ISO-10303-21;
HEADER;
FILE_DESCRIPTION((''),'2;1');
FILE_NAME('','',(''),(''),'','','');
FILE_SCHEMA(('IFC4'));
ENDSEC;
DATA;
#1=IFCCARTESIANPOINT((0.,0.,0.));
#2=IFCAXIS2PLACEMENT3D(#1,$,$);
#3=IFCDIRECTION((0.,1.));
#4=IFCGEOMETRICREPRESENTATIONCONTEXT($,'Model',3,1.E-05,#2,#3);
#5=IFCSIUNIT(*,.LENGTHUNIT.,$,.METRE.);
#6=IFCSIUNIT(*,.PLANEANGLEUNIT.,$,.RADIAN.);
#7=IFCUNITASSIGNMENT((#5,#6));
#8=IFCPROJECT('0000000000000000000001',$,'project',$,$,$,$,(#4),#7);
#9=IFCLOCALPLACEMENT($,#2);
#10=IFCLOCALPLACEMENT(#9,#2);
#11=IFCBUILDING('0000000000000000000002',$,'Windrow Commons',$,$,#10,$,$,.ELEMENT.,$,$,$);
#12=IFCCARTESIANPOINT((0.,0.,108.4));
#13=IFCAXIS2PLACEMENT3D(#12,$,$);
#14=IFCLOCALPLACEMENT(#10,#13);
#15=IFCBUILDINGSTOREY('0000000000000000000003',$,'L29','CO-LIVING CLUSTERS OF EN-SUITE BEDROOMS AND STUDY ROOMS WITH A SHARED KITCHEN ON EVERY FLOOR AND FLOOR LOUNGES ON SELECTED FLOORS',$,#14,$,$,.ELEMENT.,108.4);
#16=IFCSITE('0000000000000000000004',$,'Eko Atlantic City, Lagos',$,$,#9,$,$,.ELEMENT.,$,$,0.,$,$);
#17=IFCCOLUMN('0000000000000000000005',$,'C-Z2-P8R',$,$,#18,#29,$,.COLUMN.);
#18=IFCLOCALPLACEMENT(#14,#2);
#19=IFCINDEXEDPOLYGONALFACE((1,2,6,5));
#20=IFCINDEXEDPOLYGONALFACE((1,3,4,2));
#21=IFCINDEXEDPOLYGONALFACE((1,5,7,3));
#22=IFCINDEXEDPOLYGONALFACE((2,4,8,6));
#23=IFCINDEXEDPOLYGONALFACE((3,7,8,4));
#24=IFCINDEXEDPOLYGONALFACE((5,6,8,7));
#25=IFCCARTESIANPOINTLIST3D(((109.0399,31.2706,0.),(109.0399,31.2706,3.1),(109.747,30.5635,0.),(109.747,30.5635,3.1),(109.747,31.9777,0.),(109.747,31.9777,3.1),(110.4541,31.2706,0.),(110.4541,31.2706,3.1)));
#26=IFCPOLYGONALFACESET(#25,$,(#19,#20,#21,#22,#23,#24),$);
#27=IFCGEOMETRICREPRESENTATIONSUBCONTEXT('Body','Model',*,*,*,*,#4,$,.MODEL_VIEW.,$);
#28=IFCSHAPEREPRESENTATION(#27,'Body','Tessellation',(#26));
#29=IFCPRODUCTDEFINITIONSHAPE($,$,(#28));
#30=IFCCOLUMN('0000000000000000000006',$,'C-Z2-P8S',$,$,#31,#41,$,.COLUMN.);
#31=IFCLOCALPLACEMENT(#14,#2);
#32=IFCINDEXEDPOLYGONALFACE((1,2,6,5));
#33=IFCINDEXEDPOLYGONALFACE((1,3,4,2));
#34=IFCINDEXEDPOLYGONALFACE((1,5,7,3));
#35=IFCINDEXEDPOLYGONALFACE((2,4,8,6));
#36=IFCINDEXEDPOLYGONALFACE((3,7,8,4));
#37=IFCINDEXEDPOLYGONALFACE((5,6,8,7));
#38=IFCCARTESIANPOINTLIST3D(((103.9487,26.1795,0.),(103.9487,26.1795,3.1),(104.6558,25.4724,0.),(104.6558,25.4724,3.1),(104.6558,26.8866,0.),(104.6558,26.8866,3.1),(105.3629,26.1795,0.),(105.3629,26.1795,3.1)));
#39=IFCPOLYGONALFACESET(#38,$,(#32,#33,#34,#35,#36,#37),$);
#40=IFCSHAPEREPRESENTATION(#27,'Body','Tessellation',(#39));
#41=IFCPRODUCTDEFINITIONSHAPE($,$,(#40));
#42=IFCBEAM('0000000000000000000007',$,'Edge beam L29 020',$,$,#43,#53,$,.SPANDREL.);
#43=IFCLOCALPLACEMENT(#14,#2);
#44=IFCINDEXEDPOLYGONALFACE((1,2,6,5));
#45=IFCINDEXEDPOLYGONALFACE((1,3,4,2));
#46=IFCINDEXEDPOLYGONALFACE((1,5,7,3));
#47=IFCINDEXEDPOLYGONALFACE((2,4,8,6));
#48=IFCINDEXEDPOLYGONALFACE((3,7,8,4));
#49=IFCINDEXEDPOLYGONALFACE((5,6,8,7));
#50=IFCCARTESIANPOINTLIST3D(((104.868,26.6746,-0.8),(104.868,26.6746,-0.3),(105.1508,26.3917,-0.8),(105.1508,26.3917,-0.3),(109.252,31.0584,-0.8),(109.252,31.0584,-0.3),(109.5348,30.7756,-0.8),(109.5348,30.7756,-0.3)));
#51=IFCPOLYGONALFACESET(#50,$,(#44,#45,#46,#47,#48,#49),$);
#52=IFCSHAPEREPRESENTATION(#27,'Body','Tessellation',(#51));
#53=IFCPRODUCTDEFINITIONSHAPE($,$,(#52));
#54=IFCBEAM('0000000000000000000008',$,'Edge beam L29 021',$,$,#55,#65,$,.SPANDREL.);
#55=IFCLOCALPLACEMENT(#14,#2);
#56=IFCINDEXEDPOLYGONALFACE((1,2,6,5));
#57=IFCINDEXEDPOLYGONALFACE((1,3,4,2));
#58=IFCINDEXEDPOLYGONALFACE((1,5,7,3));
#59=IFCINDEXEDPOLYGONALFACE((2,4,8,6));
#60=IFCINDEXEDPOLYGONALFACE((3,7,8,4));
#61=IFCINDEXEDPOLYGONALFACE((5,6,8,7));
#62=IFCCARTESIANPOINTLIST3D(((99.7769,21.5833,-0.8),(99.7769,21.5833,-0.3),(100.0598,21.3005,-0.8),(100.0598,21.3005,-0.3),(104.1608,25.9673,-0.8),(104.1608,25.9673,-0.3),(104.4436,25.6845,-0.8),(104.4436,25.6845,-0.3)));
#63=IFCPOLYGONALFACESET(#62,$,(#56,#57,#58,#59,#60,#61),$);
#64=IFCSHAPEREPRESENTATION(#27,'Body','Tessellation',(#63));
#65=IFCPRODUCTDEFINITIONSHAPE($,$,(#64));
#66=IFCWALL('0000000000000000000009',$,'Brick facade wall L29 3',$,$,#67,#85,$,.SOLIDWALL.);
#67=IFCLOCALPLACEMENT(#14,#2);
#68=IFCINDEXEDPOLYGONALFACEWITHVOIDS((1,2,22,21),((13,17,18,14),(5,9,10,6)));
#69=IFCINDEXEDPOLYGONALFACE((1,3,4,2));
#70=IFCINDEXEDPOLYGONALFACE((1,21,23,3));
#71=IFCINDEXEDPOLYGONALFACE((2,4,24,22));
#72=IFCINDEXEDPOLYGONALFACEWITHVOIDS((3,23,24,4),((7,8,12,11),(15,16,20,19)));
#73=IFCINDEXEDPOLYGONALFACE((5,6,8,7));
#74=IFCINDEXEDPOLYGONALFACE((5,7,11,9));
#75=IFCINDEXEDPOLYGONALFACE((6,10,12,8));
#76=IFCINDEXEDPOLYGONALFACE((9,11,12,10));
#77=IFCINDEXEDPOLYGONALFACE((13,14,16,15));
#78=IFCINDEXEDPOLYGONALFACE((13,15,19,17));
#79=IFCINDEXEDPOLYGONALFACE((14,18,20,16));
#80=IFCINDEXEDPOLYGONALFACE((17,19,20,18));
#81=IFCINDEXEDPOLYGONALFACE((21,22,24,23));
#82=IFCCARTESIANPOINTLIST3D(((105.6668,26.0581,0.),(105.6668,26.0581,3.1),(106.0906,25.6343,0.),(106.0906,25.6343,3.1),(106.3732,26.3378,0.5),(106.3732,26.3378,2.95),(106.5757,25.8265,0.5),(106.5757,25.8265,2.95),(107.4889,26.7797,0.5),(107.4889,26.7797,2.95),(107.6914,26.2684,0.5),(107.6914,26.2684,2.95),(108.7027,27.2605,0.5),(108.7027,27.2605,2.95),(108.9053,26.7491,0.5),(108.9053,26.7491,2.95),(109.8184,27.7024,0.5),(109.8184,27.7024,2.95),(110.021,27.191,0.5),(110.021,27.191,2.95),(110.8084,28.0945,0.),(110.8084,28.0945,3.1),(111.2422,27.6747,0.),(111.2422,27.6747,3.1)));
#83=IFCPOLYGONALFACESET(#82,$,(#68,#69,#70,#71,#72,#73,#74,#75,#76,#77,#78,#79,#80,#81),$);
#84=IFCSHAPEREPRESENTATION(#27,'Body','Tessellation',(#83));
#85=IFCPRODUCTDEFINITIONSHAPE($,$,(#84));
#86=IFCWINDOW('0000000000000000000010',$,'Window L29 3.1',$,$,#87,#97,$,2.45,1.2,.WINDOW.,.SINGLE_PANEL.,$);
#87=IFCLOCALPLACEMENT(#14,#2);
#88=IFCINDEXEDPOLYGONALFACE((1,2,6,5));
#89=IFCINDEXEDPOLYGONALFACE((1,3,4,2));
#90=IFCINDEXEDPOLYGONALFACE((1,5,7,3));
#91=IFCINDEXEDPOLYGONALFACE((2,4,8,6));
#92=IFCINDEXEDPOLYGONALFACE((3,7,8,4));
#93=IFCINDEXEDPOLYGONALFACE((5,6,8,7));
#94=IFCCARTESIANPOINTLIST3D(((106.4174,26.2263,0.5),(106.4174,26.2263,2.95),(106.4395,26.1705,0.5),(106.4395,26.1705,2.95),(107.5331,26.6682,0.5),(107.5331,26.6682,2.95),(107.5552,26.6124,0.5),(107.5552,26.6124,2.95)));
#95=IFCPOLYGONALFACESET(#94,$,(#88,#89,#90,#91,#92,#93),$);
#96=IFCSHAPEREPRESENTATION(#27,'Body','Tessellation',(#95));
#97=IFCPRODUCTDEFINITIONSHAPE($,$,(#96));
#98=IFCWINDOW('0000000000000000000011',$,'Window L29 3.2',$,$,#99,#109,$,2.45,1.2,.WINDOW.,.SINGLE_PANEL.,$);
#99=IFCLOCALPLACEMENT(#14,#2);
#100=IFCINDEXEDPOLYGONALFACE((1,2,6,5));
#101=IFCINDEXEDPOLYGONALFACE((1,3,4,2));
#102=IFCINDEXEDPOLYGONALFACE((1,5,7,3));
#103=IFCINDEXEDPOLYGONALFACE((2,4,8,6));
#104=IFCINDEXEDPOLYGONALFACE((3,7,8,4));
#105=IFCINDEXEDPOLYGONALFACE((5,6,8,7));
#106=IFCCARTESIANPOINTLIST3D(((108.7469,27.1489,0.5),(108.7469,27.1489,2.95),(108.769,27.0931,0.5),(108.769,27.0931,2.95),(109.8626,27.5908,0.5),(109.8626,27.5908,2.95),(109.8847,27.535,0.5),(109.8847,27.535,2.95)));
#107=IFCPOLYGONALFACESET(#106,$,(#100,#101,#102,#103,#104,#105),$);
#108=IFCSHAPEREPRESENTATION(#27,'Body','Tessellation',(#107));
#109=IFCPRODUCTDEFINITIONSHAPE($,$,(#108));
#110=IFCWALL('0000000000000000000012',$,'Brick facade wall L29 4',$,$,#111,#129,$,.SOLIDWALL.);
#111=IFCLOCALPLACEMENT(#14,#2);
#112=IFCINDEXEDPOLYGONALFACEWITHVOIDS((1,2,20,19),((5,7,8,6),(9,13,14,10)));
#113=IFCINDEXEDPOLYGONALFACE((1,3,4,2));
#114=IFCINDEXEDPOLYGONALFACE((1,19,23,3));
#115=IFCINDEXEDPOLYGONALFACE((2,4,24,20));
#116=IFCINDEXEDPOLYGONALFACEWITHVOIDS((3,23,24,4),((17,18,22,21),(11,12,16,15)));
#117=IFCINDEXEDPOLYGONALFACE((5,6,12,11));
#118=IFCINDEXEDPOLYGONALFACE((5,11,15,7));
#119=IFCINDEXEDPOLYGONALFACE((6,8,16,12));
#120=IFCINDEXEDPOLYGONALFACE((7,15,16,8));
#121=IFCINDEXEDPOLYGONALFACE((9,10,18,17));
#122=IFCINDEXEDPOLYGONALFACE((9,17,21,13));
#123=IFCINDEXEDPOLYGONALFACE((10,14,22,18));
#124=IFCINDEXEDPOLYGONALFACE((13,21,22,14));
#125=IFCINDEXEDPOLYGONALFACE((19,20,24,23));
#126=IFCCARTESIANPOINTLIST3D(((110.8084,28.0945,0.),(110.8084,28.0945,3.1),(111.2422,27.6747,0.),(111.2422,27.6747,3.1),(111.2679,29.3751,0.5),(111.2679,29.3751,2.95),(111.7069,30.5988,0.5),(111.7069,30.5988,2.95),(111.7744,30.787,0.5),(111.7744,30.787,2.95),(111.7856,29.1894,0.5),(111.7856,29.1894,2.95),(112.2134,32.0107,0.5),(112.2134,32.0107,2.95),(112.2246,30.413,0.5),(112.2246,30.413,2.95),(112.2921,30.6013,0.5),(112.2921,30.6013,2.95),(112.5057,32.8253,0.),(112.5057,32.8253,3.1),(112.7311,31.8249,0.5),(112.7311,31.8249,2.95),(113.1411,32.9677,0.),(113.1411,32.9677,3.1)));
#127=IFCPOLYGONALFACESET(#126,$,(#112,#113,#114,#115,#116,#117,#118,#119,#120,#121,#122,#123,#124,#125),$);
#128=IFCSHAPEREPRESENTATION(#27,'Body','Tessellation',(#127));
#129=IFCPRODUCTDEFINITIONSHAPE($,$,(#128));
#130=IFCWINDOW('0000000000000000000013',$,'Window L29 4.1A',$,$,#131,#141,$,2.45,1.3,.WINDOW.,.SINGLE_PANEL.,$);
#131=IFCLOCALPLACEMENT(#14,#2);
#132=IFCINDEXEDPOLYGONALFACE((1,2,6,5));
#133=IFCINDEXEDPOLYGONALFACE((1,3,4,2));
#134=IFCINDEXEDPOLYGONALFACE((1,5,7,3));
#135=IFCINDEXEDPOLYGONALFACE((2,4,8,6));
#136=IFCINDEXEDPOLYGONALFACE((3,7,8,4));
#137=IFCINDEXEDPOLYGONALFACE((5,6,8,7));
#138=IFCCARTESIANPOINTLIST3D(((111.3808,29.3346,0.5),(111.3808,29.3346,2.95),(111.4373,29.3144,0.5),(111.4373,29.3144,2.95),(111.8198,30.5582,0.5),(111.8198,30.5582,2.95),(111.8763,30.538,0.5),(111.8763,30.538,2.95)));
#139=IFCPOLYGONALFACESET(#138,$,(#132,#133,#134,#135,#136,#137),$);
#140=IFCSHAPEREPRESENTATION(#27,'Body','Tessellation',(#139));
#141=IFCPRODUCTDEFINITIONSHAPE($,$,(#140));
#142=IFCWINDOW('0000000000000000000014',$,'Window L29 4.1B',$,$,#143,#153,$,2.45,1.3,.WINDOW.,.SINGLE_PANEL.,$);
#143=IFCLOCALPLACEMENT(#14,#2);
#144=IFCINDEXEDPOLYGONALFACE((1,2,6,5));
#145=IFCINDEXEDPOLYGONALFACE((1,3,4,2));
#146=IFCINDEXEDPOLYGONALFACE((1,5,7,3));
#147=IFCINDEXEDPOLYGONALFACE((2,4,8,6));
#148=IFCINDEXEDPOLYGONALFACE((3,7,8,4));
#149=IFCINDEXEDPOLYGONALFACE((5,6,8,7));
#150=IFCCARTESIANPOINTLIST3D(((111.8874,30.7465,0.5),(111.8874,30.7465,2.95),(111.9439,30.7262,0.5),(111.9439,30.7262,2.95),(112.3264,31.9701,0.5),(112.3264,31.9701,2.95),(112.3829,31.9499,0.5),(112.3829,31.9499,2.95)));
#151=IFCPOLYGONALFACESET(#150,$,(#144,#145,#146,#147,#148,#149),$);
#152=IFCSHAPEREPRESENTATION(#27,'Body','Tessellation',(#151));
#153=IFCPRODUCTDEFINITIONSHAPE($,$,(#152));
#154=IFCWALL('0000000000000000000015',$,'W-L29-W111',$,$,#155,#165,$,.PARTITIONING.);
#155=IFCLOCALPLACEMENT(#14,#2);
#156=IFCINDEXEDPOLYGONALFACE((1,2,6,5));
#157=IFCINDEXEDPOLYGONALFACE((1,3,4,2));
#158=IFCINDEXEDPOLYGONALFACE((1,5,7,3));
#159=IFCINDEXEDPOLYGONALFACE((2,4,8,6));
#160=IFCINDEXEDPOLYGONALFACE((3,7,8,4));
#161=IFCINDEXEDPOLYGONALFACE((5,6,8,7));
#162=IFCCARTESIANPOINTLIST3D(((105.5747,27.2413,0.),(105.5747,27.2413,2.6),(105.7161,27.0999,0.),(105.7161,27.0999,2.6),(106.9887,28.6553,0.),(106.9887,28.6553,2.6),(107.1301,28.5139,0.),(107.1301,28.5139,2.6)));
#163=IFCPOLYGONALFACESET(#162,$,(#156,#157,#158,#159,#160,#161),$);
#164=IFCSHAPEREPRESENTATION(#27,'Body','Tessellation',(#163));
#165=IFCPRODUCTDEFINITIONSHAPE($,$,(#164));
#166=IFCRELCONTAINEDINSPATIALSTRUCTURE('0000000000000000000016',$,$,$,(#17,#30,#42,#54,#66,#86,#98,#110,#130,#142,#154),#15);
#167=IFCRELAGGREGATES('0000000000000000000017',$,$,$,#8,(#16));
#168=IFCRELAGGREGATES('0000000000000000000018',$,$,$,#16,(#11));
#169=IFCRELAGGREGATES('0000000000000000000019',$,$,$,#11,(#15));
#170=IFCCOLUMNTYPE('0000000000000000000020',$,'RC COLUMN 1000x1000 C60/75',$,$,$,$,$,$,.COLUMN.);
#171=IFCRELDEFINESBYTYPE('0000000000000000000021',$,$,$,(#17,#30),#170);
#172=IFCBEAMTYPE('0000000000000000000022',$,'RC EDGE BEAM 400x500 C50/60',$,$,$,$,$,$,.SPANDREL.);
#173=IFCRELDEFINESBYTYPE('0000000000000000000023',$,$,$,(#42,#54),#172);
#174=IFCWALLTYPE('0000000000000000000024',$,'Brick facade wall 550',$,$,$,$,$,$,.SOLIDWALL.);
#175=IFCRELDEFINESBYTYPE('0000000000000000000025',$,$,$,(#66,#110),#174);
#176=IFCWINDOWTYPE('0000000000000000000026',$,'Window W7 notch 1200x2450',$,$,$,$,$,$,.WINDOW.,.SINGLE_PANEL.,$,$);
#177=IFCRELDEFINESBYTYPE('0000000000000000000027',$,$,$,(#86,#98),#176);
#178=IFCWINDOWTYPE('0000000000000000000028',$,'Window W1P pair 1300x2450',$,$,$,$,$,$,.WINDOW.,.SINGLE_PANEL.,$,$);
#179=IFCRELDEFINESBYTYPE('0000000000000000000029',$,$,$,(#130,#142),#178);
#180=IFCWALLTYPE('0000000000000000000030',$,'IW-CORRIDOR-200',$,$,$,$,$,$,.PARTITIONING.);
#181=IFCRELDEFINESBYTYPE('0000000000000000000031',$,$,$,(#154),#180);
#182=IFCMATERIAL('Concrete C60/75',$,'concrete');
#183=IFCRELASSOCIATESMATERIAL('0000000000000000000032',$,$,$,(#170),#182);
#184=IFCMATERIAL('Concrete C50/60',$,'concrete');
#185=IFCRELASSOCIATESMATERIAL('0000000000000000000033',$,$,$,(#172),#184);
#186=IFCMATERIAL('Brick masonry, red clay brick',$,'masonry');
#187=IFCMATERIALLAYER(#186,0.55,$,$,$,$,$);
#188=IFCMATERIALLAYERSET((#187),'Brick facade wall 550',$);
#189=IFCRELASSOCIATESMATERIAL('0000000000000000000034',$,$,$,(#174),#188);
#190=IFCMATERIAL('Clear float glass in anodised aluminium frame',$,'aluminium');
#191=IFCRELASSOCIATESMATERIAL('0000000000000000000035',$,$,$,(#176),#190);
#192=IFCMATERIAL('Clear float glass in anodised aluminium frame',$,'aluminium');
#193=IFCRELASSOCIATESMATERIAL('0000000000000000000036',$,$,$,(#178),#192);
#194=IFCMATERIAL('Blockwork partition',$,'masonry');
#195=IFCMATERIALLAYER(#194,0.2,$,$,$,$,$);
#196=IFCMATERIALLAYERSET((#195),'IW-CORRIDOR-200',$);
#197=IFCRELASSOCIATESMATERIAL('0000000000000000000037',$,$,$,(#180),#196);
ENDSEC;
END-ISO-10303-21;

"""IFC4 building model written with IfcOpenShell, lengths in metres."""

from ifc_helpers import new_model, si_unit, direction, frame, frame_2d, origin, origin_2d, place, context, subcontext, project, spatial, polyline, rectangle, outline, extrude, material, layer, layer_set, material_profile, profile_set, type_object, element, fill, save


model = new_model("IFC4")

# Units and contexts
model_context = context("Model", 3, precision=1e-05, world=origin(), true_north=direction((0.0, 1.0)))
body_context = subcontext(model_context, "Body", "Model", "MODEL_VIEW")
ifc_project = project(units=[si_unit("LENGTHUNIT", "METRE"), si_unit("PLANEANGLEUNIT", "RADIAN")], contexts=[model_context])

# Site, building, storey
site_placement = place(None, origin())
site = spatial("IfcSite", under=ifc_project, at=site_placement, Name="Eko Atlantic City, Lagos", CompositionType="ELEMENT", RefElevation=0.0)
building_placement = place(site_placement, origin())
building = spatial("IfcBuilding", under=site, at=building_placement, Name="Windrow Commons", CompositionType="ELEMENT")
storey_placement = place(building_placement, frame((0.0, 0.0, 108.4)))
storey = spatial("IfcBuildingStorey", under=building, at=storey_placement, Name="L29", Description="CO-LIVING CLUSTERS OF EN-SUITE BEDROOMS AND STUDY ROOMS WITH A SHARED KITCHEN ON EVERY FLOOR AND FLOOR LOUNGES ON SELECTED FLOORS", CompositionType="ELEMENT", Elevation=108.4)

# Columns
ifc_material_1 = material(Name="Concrete C60/75", Category="concrete")
ifc_material_profile_1 = material_profile(ifc_material_1, rectangle(XDim=1.0, YDim=1.0, at=origin_2d()))
ifc_profile_set_1 = profile_set([ifc_material_profile_1], Name="Concrete C60/75")
column_type = type_object("IfcColumnType", Name="RC COLUMN 1000x1000 C60/75", PredefinedType="COLUMN", material=ifc_profile_set_1)
for number, where, z_axis, x_axis, name in (
    (1, (109.747, 31.2706, 0.0), (0.0, 0.0, 1.0), (0.707107, -0.707107, 0.0), "C-Z2-P8R"),
    (2, (104.6558, 26.1795, 0.0), (0.0, 0.0, 1.0), (0.707107, -0.707107, 0.0), "C-Z2-P8S"),
):
    element("IfcColumn", number, at=place(storey_placement, frame(where, z_axis=z_axis, x_axis=x_axis)), inside=storey, type_object=column_type, Name=name, PredefinedType="COLUMN", context=body_context, shape_type="SweptSolid", body=[
        extrude(rectangle(XDim=1.0, YDim=1.0, at=origin_2d()), origin(), (0.0, 0.0, 1.0), 3.1),
    ])

# Beams
ifc_material_2 = material(Name="Concrete C50/60", Category="concrete")
ifc_material_profile_2 = material_profile(ifc_material_2, rectangle(XDim=0.4, YDim=0.5, at=origin_2d()))
ifc_profile_set_2 = profile_set([ifc_material_profile_2], Name="Concrete C50/60")
beam_type = type_object("IfcBeamType", Name="RC EDGE BEAM 400x500 C50/60", PredefinedType="SPANDREL", material=ifc_profile_set_2)
for number, where, z_axis, x_axis, name in (
    (3, (109.3934, 30.917, -0.55), (-0.707115, -0.707099, 0.0), (0.707099, -0.707115, 0.0), "Edge beam L29 020"),
    (4, (104.3022, 25.8259, -0.55), (-0.707099, -0.707115, 0.0), (0.707115, -0.707099, 0.0), "Edge beam L29 021"),
):
    element("IfcBeam", number, at=place(storey_placement, frame(where, z_axis=z_axis, x_axis=x_axis)), inside=storey, type_object=beam_type, Name=name, PredefinedType="SPANDREL", context=body_context, shape_type="SweptSolid", body=[
        extrude(rectangle(XDim=0.4, YDim=0.5, at=origin_2d()), origin(), (0.0, 0.0, 1.0), 6.1998),
    ])

# Walls, openings, windows
ifc_material_3 = material(Name="Brick masonry, red clay brick", Category="masonry")
ifc_layer_1 = layer(ifc_material_3, 0.55)
ifc_layer_set_1 = layer_set([ifc_layer_1], Name="Brick facade wall 550")
wall_type_1 = type_object("IfcWallType", Name="Brick facade wall 550", PredefinedType="SOLIDWALL", material=ifc_layer_set_1)
wall_1_placement = place(storey_placement, frame((105.8787, 25.8462, 0.0), z_axis=(0.0, 0.0, 1.0), x_axis=(0.929732, 0.368237, 0.0)))
wall_1 = element("IfcWall", 5, at=wall_1_placement, inside=storey, type_object=wall_type_1, Name="Brick facade wall L29 3", PredefinedType="SOLIDWALL", context=body_context, shape_type="SweptSolid", body=[
    extrude(outline(polyline([(0.119, -0.275), (5.6599, -0.275), (5.4112, 0.275), (-0.119, 0.275), (0.119, -0.275)])), origin(), (0.0, 0.0, 1.0), 3.1),
])
opening_1_placement = place(wall_1_placement, frame((0.6408, 0.0, 0.5)))
opening_1 = element("IfcOpeningElement", 6, at=opening_1_placement, cuts=wall_1, PredefinedType="OPENING", context=body_context, shape_type="SweptSolid", body=[
    extrude(rectangle(XDim=1.2, YDim=2.45, at=frame_2d((0.6, 1.225))), frame((0.0, 0.285, 0.0), z_axis=(0.0, -1.0, 0.0), x_axis=(1.0, 0.0, 0.0)), (0.0, 0.0, 1.0), 0.57),
])
opening_2_placement = place(wall_1_placement, frame((3.1464, 0.0, 0.5)))
opening_2 = element("IfcOpeningElement", 7, at=opening_2_placement, cuts=wall_1, PredefinedType="OPENING", context=body_context, shape_type="SweptSolid", body=[
    extrude(rectangle(XDim=1.2, YDim=2.45, at=frame_2d((0.6, 1.225))), frame((0.0, 0.285, 0.0), z_axis=(0.0, -1.0, 0.0), x_axis=(1.0, 0.0, 0.0)), (0.0, 0.0, 1.0), 0.57),
])
ifc_material_4 = material(Name="Clear float glass in anodised aluminium frame", Category="aluminium")
window_type_1 = type_object("IfcWindowType", Name="Window W7 notch 1200x2450", PartitioningType="SINGLE_PANEL", PredefinedType="WINDOW", material=ifc_material_4)
window_1_placement = place(opening_1_placement, origin())
window_1 = element("IfcWindow", 8, at=window_1_placement, inside=storey, type_object=window_type_1, Name="Window L29 3.1", OverallHeight=2.45, OverallWidth=1.2, PartitioningType="SINGLE_PANEL", PredefinedType="WINDOW", context=body_context, shape_type="SweptSolid", body=[
    extrude(rectangle(XDim=1.2, YDim=2.45, at=frame_2d((0.6, 1.225))), frame((0.0, 0.155, 0.0), z_axis=(0.0, -1.0, 0.0), x_axis=(1.0, 0.0, 0.0)), (0.0, 0.0, 1.0), 0.06),
])
fill(opening_1, window_1)
window_2_placement = place(opening_2_placement, origin())
window_2 = element("IfcWindow", 9, at=window_2_placement, inside=storey, type_object=window_type_1, Name="Window L29 3.2", OverallHeight=2.45, OverallWidth=1.2, PartitioningType="SINGLE_PANEL", PredefinedType="WINDOW", context=body_context, shape_type="SweptSolid", body=[
    extrude(rectangle(XDim=1.2, YDim=2.45, at=frame_2d((0.6, 1.225))), frame((0.0, 0.155, 0.0), z_axis=(0.0, -1.0, 0.0), x_axis=(1.0, 0.0, 0.0)), (0.0, 0.0, 1.0), 0.06),
])
fill(opening_2, window_2)
wall_2_placement = place(storey_placement, frame((111.0253, 27.8846, 0.0), z_axis=(0.0, 0.0, 1.0), x_axis=(0.337691, 0.941257, 0.0)))
wall_2 = element("IfcWall", 10, at=wall_2_placement, inside=storey, type_object=wall_type_1, Name="Brick facade wall L29 4", PredefinedType="SOLIDWALL", context=body_context, shape_type="SweptSolid", body=[
    extrude(outline(polyline([(-0.1243, -0.275), (5.499, -0.275), (5.1504, 0.275), (0.1243, 0.275), (-0.1243, -0.275)])), origin(), (0.0, 0.0, 1.0), 3.1),
])
opening_3_placement = place(wall_2_placement, frame((1.4849, 0.0, 0.5)))
opening_3 = element("IfcOpeningElement", 11, at=opening_3_placement, cuts=wall_2, PredefinedType="OPENING", context=body_context, shape_type="SweptSolid", body=[
    extrude(rectangle(XDim=1.3, YDim=2.45, at=frame_2d((0.65, 1.225))), frame((0.0, 0.285, 0.0), z_axis=(0.0, -1.0, 0.0), x_axis=(1.0, 0.0, 0.0)), (0.0, 0.0, 1.0), 0.57),
])
opening_4_placement = place(wall_2_placement, frame((2.9849, 0.0, 0.5)))
opening_4 = element("IfcOpeningElement", 12, at=opening_4_placement, cuts=wall_2, PredefinedType="OPENING", context=body_context, shape_type="SweptSolid", body=[
    extrude(rectangle(XDim=1.3, YDim=2.45, at=frame_2d((0.65, 1.225))), frame((0.0, 0.285, 0.0), z_axis=(0.0, -1.0, 0.0), x_axis=(1.0, 0.0, 0.0)), (0.0, 0.0, 1.0), 0.57),
])
ifc_material_5 = material(Name="Clear float glass in anodised aluminium frame", Category="aluminium")
window_type_2 = type_object("IfcWindowType", Name="Window W1P pair 1300x2450", PartitioningType="SINGLE_PANEL", PredefinedType="WINDOW", material=ifc_material_5)
window_3_placement = place(opening_3_placement, origin())
window_3 = element("IfcWindow", 13, at=window_3_placement, inside=storey, type_object=window_type_2, Name="Window L29 4.1A", OverallHeight=2.45, OverallWidth=1.3, PartitioningType="SINGLE_PANEL", PredefinedType="WINDOW", context=body_context, shape_type="SweptSolid", body=[
    extrude(rectangle(XDim=1.3, YDim=2.45, at=frame_2d((0.65, 1.225))), frame((0.0, 0.155, 0.0), z_axis=(0.0, -1.0, 0.0), x_axis=(1.0, 0.0, 0.0)), (0.0, 0.0, 1.0), 0.06),
])
fill(opening_3, window_3)
window_4_placement = place(opening_4_placement, origin())
window_4 = element("IfcWindow", 14, at=window_4_placement, inside=storey, type_object=window_type_2, Name="Window L29 4.1B", OverallHeight=2.45, OverallWidth=1.3, PartitioningType="SINGLE_PANEL", PredefinedType="WINDOW", context=body_context, shape_type="SweptSolid", body=[
    extrude(rectangle(XDim=1.3, YDim=2.45, at=frame_2d((0.65, 1.225))), frame((0.0, 0.155, 0.0), z_axis=(0.0, -1.0, 0.0), x_axis=(1.0, 0.0, 0.0)), (0.0, 0.0, 1.0), 0.06),
])
fill(opening_4, window_4)

# Wall
ifc_material_6 = material(Name="Blockwork partition", Category="masonry")
ifc_layer_2 = layer(ifc_material_6, 0.2)
ifc_layer_set_2 = layer_set([ifc_layer_2], Name="IW-CORRIDOR-200")
wall_type_2 = type_object("IfcWallType", Name="IW-CORRIDOR-200", PredefinedType="PARTITIONING", material=ifc_layer_set_2)
wall_3_placement = place(storey_placement, frame((105.6454, 27.1706, 0.0), z_axis=(0.0, 0.0, 1.0), x_axis=(0.707107, 0.707107, 0.0)))
element("IfcWall", 15, at=wall_3_placement, inside=storey, type_object=wall_type_2, Name="W-L29-W111", PredefinedType="PARTITIONING", context=body_context, shape_type="SweptSolid", body=[
    extrude(rectangle(XDim=1.9997, YDim=0.2, at=frame_2d((0.9999, 0.0))), origin(), (0.0, 0.0, 1.0), 2.6),
])

save(model, "model.ifc")
